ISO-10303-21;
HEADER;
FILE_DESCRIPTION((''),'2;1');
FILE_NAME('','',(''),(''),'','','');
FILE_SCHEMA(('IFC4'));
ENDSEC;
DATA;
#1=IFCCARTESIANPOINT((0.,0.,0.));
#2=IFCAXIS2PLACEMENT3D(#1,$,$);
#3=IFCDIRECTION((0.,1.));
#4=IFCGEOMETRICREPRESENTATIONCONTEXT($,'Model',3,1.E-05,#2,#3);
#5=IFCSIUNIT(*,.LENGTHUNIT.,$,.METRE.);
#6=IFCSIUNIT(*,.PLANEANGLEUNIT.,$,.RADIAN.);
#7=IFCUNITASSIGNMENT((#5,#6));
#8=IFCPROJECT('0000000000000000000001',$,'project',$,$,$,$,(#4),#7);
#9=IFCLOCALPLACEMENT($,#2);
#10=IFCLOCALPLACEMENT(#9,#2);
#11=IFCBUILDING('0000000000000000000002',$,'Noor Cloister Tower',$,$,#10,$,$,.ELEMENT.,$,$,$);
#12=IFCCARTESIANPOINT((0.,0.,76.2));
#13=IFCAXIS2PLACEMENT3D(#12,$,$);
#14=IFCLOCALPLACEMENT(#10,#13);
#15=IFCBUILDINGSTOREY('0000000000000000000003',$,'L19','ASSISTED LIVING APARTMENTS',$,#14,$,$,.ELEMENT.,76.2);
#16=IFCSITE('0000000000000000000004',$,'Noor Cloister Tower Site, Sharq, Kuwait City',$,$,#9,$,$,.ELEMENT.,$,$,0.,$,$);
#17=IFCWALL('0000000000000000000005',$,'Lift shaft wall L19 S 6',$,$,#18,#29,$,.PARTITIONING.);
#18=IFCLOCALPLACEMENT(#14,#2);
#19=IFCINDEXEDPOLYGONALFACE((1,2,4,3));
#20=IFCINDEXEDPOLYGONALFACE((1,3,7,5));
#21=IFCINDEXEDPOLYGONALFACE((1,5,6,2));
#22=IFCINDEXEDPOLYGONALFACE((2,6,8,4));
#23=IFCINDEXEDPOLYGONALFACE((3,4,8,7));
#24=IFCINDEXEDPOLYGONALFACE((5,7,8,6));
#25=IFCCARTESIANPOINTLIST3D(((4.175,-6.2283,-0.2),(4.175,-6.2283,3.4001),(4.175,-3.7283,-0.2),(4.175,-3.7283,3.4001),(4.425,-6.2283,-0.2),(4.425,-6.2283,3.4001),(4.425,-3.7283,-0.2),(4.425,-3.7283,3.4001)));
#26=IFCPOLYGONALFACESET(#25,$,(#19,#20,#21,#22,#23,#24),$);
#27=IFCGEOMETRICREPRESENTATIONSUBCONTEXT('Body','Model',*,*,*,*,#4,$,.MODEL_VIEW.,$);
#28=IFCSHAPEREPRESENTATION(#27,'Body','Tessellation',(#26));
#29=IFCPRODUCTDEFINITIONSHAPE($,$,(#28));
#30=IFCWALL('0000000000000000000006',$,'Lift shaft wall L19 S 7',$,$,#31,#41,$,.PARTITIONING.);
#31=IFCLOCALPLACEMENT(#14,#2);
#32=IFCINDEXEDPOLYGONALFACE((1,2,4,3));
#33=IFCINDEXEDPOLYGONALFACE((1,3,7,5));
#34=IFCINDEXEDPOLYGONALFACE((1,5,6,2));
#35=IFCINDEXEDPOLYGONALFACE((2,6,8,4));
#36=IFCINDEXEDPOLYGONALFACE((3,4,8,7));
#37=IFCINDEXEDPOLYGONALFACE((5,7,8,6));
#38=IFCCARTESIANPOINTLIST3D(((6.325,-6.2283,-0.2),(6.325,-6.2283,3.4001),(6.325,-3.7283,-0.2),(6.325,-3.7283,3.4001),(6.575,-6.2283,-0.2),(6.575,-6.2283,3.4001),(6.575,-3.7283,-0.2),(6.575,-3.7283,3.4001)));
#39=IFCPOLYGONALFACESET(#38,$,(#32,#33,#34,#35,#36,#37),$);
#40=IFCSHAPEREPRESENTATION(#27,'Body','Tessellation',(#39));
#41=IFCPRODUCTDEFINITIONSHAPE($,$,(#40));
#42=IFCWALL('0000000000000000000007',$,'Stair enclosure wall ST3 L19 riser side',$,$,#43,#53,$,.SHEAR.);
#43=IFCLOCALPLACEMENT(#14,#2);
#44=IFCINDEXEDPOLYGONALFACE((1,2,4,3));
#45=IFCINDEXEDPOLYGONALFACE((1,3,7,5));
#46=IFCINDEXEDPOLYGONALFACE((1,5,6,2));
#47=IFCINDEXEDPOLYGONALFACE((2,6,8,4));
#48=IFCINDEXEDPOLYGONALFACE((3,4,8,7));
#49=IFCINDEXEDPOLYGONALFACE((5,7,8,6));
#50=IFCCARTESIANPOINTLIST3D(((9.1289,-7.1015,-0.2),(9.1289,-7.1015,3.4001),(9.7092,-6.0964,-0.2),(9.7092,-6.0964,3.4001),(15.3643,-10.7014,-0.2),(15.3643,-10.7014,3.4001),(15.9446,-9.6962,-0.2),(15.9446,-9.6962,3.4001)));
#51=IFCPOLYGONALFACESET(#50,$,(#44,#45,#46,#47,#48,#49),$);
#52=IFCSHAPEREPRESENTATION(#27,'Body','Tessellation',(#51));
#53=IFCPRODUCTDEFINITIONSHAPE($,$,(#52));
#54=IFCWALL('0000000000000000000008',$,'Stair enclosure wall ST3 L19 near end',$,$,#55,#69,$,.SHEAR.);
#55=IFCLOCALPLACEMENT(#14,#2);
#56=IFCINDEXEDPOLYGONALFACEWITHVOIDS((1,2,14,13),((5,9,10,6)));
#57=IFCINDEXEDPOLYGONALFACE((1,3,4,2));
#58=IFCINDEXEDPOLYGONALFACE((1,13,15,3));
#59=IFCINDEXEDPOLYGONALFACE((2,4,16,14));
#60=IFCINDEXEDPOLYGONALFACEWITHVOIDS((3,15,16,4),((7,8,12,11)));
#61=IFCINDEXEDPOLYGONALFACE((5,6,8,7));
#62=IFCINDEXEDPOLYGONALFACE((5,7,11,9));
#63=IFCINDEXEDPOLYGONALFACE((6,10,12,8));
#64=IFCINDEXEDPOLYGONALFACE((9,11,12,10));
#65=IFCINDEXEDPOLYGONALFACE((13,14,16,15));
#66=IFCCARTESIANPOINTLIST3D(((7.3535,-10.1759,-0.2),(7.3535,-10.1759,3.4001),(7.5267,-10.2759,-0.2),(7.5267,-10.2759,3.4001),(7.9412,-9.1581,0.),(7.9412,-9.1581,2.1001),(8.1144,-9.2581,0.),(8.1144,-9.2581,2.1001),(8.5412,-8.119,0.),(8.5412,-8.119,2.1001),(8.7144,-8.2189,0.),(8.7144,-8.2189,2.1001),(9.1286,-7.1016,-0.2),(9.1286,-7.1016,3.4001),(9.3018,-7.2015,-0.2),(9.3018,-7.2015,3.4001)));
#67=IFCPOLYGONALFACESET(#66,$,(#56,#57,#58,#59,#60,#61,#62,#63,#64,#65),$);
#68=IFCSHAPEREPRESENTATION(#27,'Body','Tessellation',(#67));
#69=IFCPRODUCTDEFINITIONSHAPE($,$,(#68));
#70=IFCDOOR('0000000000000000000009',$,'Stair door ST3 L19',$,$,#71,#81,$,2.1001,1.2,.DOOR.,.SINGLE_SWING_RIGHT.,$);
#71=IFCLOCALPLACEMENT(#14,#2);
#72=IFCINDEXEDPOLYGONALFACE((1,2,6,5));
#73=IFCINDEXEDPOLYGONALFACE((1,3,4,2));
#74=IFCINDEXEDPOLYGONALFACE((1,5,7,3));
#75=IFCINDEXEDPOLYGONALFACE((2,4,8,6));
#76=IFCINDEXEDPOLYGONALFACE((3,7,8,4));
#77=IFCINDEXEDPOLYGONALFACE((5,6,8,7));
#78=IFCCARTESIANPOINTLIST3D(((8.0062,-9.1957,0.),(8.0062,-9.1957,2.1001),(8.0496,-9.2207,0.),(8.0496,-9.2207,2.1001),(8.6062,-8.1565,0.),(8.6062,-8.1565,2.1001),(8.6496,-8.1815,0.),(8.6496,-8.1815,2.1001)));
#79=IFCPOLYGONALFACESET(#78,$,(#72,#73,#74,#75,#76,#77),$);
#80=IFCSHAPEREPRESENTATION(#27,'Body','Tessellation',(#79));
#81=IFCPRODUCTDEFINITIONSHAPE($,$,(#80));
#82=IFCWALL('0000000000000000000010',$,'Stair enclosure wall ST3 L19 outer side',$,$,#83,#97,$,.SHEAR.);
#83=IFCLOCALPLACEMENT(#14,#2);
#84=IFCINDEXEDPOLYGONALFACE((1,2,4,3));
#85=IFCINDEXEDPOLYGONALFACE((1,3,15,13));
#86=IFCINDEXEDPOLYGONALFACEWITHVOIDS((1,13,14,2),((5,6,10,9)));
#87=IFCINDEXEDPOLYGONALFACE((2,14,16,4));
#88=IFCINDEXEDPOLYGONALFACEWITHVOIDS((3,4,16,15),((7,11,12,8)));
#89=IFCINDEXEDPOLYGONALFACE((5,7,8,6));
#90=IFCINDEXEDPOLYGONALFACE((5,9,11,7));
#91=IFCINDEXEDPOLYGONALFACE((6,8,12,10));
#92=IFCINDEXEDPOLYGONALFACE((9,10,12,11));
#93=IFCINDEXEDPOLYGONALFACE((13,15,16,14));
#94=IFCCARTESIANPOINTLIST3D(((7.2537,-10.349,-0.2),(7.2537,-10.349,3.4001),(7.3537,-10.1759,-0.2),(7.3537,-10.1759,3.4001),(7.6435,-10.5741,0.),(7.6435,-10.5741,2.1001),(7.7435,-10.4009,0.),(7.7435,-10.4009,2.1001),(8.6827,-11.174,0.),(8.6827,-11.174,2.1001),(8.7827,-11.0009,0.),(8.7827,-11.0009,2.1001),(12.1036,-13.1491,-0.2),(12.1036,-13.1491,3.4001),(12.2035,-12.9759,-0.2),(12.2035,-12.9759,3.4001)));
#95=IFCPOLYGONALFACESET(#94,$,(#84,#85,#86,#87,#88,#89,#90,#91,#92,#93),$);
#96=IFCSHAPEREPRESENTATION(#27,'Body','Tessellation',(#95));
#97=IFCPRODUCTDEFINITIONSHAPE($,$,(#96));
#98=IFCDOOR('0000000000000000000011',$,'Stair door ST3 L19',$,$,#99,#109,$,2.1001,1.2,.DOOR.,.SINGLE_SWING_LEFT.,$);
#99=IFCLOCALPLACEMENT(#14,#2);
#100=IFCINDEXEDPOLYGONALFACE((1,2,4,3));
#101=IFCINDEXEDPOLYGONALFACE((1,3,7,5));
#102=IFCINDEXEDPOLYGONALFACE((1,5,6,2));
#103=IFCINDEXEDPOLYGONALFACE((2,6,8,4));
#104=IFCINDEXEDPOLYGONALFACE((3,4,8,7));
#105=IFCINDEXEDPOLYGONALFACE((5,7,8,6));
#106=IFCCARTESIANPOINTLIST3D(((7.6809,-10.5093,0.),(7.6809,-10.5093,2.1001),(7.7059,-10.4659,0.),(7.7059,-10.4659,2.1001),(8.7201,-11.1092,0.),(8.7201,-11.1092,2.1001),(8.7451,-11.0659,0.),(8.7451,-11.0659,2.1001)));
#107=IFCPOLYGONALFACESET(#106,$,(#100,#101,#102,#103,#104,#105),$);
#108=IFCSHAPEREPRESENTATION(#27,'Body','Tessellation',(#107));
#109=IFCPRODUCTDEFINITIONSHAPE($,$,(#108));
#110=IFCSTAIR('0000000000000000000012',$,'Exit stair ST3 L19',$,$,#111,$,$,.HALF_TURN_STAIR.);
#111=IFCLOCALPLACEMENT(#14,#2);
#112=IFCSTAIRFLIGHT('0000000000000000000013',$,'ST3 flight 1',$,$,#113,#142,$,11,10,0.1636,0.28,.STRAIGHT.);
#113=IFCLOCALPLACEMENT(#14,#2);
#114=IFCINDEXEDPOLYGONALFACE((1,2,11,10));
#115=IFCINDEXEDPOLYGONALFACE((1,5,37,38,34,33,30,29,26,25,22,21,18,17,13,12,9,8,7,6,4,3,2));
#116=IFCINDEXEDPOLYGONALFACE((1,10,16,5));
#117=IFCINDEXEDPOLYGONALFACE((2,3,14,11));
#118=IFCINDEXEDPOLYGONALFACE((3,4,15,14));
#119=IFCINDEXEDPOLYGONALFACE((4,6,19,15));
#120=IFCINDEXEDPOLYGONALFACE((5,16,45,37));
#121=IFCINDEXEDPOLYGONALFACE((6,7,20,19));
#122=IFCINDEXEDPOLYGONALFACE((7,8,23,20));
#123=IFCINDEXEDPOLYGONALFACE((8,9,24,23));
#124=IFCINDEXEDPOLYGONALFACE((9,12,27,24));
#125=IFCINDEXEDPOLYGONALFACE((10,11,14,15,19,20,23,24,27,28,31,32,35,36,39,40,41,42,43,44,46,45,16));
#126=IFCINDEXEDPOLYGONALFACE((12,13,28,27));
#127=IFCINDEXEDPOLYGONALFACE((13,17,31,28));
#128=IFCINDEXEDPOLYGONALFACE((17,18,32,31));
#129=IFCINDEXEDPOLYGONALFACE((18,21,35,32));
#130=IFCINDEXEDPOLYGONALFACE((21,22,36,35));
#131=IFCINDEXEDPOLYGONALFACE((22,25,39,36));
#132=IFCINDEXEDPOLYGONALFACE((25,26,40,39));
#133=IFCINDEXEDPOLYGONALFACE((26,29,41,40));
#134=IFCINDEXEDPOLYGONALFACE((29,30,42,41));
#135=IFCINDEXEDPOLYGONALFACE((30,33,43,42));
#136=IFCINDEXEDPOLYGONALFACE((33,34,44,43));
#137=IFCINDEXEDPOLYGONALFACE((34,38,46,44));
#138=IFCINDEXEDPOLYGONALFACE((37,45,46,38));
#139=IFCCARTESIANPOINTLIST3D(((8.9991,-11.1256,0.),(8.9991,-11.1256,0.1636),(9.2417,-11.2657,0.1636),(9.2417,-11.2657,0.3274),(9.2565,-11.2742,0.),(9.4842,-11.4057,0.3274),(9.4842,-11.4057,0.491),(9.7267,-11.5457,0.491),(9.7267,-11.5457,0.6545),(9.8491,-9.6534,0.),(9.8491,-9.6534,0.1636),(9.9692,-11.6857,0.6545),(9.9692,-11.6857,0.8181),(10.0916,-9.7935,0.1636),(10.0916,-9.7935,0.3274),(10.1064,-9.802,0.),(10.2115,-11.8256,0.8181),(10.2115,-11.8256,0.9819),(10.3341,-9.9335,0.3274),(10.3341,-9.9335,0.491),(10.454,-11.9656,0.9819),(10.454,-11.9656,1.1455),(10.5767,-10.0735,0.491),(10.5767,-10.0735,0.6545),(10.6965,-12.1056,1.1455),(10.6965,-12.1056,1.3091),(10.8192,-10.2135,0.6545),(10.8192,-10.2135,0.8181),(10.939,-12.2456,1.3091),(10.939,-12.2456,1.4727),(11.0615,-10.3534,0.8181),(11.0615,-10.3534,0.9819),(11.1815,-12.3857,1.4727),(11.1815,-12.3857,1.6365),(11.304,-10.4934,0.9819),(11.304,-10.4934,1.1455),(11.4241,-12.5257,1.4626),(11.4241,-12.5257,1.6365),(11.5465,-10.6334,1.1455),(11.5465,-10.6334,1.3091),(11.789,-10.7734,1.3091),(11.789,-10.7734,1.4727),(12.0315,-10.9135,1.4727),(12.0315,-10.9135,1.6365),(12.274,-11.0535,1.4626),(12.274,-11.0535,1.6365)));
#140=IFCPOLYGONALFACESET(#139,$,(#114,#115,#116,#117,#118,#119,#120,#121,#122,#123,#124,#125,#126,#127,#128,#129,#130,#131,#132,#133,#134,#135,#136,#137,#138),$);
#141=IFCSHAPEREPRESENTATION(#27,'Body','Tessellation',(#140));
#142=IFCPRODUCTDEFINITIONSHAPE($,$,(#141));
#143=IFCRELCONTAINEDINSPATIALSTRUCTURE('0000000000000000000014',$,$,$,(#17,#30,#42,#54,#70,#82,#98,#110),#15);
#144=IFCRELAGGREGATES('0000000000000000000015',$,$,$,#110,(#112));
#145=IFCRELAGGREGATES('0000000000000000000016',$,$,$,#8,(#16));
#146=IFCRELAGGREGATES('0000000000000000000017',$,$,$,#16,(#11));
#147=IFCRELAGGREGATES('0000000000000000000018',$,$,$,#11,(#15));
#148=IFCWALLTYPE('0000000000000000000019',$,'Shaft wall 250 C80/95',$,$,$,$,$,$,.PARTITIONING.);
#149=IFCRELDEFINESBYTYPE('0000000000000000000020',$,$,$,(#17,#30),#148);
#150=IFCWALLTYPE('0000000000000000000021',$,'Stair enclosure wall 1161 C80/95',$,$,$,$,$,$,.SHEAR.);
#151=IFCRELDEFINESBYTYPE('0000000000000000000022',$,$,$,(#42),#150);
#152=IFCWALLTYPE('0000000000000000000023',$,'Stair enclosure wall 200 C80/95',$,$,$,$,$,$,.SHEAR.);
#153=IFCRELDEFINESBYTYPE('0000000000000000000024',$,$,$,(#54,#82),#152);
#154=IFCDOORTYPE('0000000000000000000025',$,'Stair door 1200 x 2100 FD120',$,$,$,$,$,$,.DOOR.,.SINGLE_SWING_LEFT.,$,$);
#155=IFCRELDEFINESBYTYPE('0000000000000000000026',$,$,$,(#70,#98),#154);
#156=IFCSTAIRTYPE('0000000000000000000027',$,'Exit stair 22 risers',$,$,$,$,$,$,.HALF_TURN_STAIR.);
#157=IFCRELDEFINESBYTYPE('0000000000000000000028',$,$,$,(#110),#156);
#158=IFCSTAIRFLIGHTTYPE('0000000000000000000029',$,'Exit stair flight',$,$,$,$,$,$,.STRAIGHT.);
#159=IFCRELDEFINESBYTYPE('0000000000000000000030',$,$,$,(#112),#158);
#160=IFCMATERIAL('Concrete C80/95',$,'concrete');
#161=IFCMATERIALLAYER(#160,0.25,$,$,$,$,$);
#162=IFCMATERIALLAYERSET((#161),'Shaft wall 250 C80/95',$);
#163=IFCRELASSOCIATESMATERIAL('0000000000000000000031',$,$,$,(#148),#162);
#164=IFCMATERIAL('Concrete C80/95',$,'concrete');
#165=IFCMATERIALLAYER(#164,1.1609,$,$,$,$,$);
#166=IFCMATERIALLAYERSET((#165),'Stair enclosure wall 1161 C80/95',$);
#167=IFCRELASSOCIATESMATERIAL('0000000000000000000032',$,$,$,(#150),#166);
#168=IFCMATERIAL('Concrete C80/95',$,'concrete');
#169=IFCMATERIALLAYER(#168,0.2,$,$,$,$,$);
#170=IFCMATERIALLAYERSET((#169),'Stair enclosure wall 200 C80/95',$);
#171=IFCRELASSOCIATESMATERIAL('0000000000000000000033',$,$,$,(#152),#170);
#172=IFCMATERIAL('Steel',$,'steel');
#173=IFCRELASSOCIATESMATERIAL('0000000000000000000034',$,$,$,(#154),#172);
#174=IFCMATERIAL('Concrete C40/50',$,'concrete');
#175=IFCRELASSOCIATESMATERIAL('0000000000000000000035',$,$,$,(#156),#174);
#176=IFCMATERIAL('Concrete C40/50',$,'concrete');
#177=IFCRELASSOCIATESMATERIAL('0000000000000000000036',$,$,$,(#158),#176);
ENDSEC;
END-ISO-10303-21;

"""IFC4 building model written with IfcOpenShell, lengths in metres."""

from ifc_helpers import new_model, si_unit, direction, frame, frame_2d, origin, place, context, subcontext, project, spatial, polyline, rectangle, outline, extrude, material, layer, layer_set, type_object, element, fill, aggregate, save


model = new_model("IFC4")

# Units and contexts
model_context = context("Model", 3, precision=1e-05, world=origin(), true_north=direction((0.0, 1.0)))
body_context = subcontext(model_context, "Body", "Model", "MODEL_VIEW")
ifc_project = project(units=[si_unit("LENGTHUNIT", "METRE"), si_unit("PLANEANGLEUNIT", "RADIAN")], contexts=[model_context])

# Site, building, storey
site_placement = place(None, origin())
site = spatial("IfcSite", under=ifc_project, at=site_placement, Name="Noor Cloister Tower Site, Sharq, Kuwait City", CompositionType="ELEMENT", RefElevation=0.0)
building_placement = place(site_placement, origin())
building = spatial("IfcBuilding", under=site, at=building_placement, Name="Noor Cloister Tower", CompositionType="ELEMENT")
storey_placement = place(building_placement, frame((0.0, 0.0, 76.2)))
storey = spatial("IfcBuildingStorey", under=building, at=storey_placement, Name="L19", Description="ASSISTED LIVING APARTMENTS", CompositionType="ELEMENT", Elevation=76.2)

# Walls
ifc_material_1 = material(Name="Concrete C80/95", Category="concrete")
ifc_layer_1 = layer(ifc_material_1, 0.25)
ifc_layer_set_1 = layer_set([ifc_layer_1], Name="Shaft wall 250 C80/95")
wall_type_1 = type_object("IfcWallType", Name="Shaft wall 250 C80/95", PredefinedType="PARTITIONING", material=ifc_layer_set_1)
for number, where, z_axis, x_axis, name in (
    (1, (4.3, -6.2283, -0.2), (0.0, 0.0, 1.0), (0.0, 1.0, 0.0), "Lift shaft wall L19 S 6"),
    (2, (6.45, -6.2283, -0.2), (0.0, 0.0, 1.0), (0.0, 1.0, 0.0), "Lift shaft wall L19 S 7"),
):
    element("IfcWall", number, at=place(storey_placement, frame(where, z_axis=z_axis, x_axis=x_axis)), inside=storey, type_object=wall_type_1, Name=name, PredefinedType="PARTITIONING", context=body_context, shape_type="SweptSolid", body=[
        extrude(rectangle(XDim=2.5, YDim=0.25, at=frame_2d((1.25, 0.0))), origin(), (0.0, 0.0, 1.0), 3.6001),
    ])
ifc_material_2 = material(Name="Concrete C80/95", Category="concrete")
ifc_layer_2 = layer(ifc_material_2, 1.1609)
ifc_layer_set_2 = layer_set([ifc_layer_2], Name="Stair enclosure wall 1161 C80/95")
wall_type_2 = type_object("IfcWallType", Name="Stair enclosure wall 1161 C80/95", PredefinedType="SHEAR", material=ifc_layer_set_2)
wall_1_placement = place(storey_placement, frame((9.4189, -6.5989, -0.2), z_axis=(0.0, 0.0, 1.0), x_axis=(0.866033, -0.499987, 0.0)))
element("IfcWall", 3, at=wall_1_placement, inside=storey, type_object=wall_type_2, Name="Stair enclosure wall ST3 L19 riser side", PredefinedType="SHEAR", context=body_context, shape_type="SweptSolid", body=[
    extrude(rectangle(XDim=7.2, YDim=1.1606, at=frame_2d((3.6001, 0.0))), origin(), (0.0, 0.0, 1.0), 3.6001),
])

# Walls, openings, doors
ifc_material_3 = material(Name="Concrete C80/95", Category="concrete")
ifc_layer_3 = layer(ifc_material_3, 0.2)
ifc_layer_set_3 = layer_set([ifc_layer_3], Name="Stair enclosure wall 200 C80/95")
wall_type_3 = type_object("IfcWallType", Name="Stair enclosure wall 200 C80/95", PredefinedType="SHEAR", material=ifc_layer_set_3)
wall_2_placement = place(storey_placement, frame((7.4402, -10.2258, -0.2), z_axis=(0.0, 0.0, 1.0), x_axis=(0.500022, 0.866013, 0.0)))
wall_2 = element("IfcWall", 4, at=wall_2_placement, inside=storey, type_object=wall_type_3, Name="Stair enclosure wall ST3 L19 near end", PredefinedType="SHEAR", context=body_context, shape_type="SweptSolid", body=[
    extrude(rectangle(XDim=3.55, YDim=0.2, at=frame_2d((1.7749, 0.0))), origin(), (0.0, 0.0, 1.0), 3.6001),
])
opening_1_placement = place(wall_2_placement, frame((1.175, 0.0, 0.2)))
opening_1 = element("IfcOpeningElement", 5, at=opening_1_placement, cuts=wall_2, PredefinedType="OPENING", context=body_context, shape_type="SweptSolid", body=[
    extrude(rectangle(XDim=1.2, YDim=2.1001, at=frame_2d((0.6001, 1.05))), frame((0.0, 0.1099, 0.0), z_axis=(0.0, -1.0, 0.0), x_axis=(1.0, 0.0, 0.0)), (0.0, 0.0, 1.0), 0.22),
])
ifc_material_4 = material(Name="Steel", Category="steel")
door_type_1 = type_object("IfcDoorType", Name="Stair door 1200 x 2100 FD120", OperationType="SINGLE_SWING_LEFT", PredefinedType="DOOR", material=ifc_material_4)
door_1_placement = place(opening_1_placement, origin())
door_1 = element("IfcDoor", 6, at=door_1_placement, inside=storey, type_object=door_type_1, Name="Stair door ST3 L19", OperationType="SINGLE_SWING_RIGHT", OverallHeight=2.1001, OverallWidth=1.2, PredefinedType="DOOR", context=body_context, shape_type="SweptSolid", body=[
    extrude(rectangle(XDim=1.2, YDim=2.1001, at=frame_2d((0.6001, 1.05))), frame((0.0, 0.0249, 0.0), z_axis=(0.0, -1.0, 0.0), x_axis=(1.0, 0.0, 0.0)), (0.0, 0.0, 1.0), 0.05),
])
fill(opening_1, door_1)
wall_3_placement = place(storey_placement, frame((7.3037, -10.2625, -0.2), z_axis=(0.0, 0.0, 1.0), x_axis=(0.866027, -0.499998, 0.0)))
wall_3 = element("IfcWall", 7, at=wall_3_placement, inside=storey, type_object=wall_type_3, Name="Stair enclosure wall ST3 L19 outer side", PredefinedType="SHEAR", context=body_context, shape_type="SweptSolid", body=[
    extrude(rectangle(XDim=5.6001, YDim=0.2, at=frame_2d((2.8, 0.0))), origin(), (0.0, 0.0, 1.0), 3.6001),
])
opening_2_placement = place(wall_3_placement, frame((0.45, 0.0, 0.2)))
opening_2 = element("IfcOpeningElement", 8, at=opening_2_placement, cuts=wall_3, PredefinedType="OPENING", context=body_context, shape_type="SweptSolid", body=[
    extrude(rectangle(XDim=1.2, YDim=2.1001, at=frame_2d((0.6001, 1.05))), frame((0.0, 0.1099, 0.0), z_axis=(0.0, -1.0, 0.0), x_axis=(1.0, 0.0, 0.0)), (0.0, 0.0, 1.0), 0.22),
])
door_2_placement = place(opening_2_placement, origin())
door_2 = element("IfcDoor", 9, at=door_2_placement, inside=storey, type_object=door_type_1, Name="Stair door ST3 L19", OperationType="SINGLE_SWING_LEFT", OverallHeight=2.1001, OverallWidth=1.2, PredefinedType="DOOR", context=body_context, shape_type="SweptSolid", body=[
    extrude(rectangle(XDim=1.2, YDim=2.1001, at=frame_2d((0.6001, 1.05))), frame((0.0, 0.0249, 0.0), z_axis=(0.0, -1.0, 0.0), x_axis=(1.0, 0.0, 0.0)), (0.0, 0.0, 1.0), 0.05),
])
fill(opening_2, door_2)

# Stair, stair flight
ifc_material_5 = material(Name="Concrete C40/50", Category="concrete")
stair_type = type_object("IfcStairType", Name="Exit stair 22 risers", PredefinedType="HALF_TURN_STAIR", material=ifc_material_5)
stair_placement = place(storey_placement, origin())
stair = element("IfcStair", 10, at=stair_placement, inside=storey, type_object=stair_type, Name="Exit stair ST3 L19", PredefinedType="HALF_TURN_STAIR")
ifc_material_6 = material(Name="Concrete C40/50", Category="concrete")
stair_flight_type = type_object("IfcStairFlightType", Name="Exit stair flight", PredefinedType="STRAIGHT", material=ifc_material_6)
stair_flight_placement = place(storey_placement, frame((9.4241, -10.3896, 0.0), z_axis=(0.0, 0.0, 1.0), x_axis=(0.866025, -0.5, 0.0)))
stair_flight = element("IfcStairFlight", 11, at=stair_flight_placement, type_object=stair_flight_type, Name="ST3 flight 1", NumberOfRisers=11, NumberOfTreads=10, PredefinedType="STRAIGHT", RiserHeight=0.1636, TreadLength=0.28, context=body_context, shape_type="SweptSolid", body=[
    extrude(outline(polyline([(0.0, 0.0), (0.0, 0.1636), (0.28, 0.1636), (0.28, 0.3274), (0.5601, 0.3274), (0.5601, 0.491), (0.8401, 0.491), (0.8401, 0.6545), (1.1201, 0.6545), (1.1201, 0.8181), (1.3999, 0.8181), (1.3999, 0.9819), (1.6799, 0.9819), (1.6799, 1.1455), (1.96, 1.1455), (1.96, 1.3091), (2.24, 1.3091), (2.24, 1.4727), (2.52, 1.4727), (2.52, 1.6365), (2.8, 1.6365), (2.8, 1.8), (2.8, 1.4626), (0.2971, 0.0), (0.0, 0.0)])), frame((0.0, 0.8501, 0.0), z_axis=(0.0, -1.0, 0.0), x_axis=(1.0, 0.0, 0.0)), (0.0, 0.0, 1.0), 1.7),
])
aggregate(stair, [stair_flight])

save(model, "model.ifc")
